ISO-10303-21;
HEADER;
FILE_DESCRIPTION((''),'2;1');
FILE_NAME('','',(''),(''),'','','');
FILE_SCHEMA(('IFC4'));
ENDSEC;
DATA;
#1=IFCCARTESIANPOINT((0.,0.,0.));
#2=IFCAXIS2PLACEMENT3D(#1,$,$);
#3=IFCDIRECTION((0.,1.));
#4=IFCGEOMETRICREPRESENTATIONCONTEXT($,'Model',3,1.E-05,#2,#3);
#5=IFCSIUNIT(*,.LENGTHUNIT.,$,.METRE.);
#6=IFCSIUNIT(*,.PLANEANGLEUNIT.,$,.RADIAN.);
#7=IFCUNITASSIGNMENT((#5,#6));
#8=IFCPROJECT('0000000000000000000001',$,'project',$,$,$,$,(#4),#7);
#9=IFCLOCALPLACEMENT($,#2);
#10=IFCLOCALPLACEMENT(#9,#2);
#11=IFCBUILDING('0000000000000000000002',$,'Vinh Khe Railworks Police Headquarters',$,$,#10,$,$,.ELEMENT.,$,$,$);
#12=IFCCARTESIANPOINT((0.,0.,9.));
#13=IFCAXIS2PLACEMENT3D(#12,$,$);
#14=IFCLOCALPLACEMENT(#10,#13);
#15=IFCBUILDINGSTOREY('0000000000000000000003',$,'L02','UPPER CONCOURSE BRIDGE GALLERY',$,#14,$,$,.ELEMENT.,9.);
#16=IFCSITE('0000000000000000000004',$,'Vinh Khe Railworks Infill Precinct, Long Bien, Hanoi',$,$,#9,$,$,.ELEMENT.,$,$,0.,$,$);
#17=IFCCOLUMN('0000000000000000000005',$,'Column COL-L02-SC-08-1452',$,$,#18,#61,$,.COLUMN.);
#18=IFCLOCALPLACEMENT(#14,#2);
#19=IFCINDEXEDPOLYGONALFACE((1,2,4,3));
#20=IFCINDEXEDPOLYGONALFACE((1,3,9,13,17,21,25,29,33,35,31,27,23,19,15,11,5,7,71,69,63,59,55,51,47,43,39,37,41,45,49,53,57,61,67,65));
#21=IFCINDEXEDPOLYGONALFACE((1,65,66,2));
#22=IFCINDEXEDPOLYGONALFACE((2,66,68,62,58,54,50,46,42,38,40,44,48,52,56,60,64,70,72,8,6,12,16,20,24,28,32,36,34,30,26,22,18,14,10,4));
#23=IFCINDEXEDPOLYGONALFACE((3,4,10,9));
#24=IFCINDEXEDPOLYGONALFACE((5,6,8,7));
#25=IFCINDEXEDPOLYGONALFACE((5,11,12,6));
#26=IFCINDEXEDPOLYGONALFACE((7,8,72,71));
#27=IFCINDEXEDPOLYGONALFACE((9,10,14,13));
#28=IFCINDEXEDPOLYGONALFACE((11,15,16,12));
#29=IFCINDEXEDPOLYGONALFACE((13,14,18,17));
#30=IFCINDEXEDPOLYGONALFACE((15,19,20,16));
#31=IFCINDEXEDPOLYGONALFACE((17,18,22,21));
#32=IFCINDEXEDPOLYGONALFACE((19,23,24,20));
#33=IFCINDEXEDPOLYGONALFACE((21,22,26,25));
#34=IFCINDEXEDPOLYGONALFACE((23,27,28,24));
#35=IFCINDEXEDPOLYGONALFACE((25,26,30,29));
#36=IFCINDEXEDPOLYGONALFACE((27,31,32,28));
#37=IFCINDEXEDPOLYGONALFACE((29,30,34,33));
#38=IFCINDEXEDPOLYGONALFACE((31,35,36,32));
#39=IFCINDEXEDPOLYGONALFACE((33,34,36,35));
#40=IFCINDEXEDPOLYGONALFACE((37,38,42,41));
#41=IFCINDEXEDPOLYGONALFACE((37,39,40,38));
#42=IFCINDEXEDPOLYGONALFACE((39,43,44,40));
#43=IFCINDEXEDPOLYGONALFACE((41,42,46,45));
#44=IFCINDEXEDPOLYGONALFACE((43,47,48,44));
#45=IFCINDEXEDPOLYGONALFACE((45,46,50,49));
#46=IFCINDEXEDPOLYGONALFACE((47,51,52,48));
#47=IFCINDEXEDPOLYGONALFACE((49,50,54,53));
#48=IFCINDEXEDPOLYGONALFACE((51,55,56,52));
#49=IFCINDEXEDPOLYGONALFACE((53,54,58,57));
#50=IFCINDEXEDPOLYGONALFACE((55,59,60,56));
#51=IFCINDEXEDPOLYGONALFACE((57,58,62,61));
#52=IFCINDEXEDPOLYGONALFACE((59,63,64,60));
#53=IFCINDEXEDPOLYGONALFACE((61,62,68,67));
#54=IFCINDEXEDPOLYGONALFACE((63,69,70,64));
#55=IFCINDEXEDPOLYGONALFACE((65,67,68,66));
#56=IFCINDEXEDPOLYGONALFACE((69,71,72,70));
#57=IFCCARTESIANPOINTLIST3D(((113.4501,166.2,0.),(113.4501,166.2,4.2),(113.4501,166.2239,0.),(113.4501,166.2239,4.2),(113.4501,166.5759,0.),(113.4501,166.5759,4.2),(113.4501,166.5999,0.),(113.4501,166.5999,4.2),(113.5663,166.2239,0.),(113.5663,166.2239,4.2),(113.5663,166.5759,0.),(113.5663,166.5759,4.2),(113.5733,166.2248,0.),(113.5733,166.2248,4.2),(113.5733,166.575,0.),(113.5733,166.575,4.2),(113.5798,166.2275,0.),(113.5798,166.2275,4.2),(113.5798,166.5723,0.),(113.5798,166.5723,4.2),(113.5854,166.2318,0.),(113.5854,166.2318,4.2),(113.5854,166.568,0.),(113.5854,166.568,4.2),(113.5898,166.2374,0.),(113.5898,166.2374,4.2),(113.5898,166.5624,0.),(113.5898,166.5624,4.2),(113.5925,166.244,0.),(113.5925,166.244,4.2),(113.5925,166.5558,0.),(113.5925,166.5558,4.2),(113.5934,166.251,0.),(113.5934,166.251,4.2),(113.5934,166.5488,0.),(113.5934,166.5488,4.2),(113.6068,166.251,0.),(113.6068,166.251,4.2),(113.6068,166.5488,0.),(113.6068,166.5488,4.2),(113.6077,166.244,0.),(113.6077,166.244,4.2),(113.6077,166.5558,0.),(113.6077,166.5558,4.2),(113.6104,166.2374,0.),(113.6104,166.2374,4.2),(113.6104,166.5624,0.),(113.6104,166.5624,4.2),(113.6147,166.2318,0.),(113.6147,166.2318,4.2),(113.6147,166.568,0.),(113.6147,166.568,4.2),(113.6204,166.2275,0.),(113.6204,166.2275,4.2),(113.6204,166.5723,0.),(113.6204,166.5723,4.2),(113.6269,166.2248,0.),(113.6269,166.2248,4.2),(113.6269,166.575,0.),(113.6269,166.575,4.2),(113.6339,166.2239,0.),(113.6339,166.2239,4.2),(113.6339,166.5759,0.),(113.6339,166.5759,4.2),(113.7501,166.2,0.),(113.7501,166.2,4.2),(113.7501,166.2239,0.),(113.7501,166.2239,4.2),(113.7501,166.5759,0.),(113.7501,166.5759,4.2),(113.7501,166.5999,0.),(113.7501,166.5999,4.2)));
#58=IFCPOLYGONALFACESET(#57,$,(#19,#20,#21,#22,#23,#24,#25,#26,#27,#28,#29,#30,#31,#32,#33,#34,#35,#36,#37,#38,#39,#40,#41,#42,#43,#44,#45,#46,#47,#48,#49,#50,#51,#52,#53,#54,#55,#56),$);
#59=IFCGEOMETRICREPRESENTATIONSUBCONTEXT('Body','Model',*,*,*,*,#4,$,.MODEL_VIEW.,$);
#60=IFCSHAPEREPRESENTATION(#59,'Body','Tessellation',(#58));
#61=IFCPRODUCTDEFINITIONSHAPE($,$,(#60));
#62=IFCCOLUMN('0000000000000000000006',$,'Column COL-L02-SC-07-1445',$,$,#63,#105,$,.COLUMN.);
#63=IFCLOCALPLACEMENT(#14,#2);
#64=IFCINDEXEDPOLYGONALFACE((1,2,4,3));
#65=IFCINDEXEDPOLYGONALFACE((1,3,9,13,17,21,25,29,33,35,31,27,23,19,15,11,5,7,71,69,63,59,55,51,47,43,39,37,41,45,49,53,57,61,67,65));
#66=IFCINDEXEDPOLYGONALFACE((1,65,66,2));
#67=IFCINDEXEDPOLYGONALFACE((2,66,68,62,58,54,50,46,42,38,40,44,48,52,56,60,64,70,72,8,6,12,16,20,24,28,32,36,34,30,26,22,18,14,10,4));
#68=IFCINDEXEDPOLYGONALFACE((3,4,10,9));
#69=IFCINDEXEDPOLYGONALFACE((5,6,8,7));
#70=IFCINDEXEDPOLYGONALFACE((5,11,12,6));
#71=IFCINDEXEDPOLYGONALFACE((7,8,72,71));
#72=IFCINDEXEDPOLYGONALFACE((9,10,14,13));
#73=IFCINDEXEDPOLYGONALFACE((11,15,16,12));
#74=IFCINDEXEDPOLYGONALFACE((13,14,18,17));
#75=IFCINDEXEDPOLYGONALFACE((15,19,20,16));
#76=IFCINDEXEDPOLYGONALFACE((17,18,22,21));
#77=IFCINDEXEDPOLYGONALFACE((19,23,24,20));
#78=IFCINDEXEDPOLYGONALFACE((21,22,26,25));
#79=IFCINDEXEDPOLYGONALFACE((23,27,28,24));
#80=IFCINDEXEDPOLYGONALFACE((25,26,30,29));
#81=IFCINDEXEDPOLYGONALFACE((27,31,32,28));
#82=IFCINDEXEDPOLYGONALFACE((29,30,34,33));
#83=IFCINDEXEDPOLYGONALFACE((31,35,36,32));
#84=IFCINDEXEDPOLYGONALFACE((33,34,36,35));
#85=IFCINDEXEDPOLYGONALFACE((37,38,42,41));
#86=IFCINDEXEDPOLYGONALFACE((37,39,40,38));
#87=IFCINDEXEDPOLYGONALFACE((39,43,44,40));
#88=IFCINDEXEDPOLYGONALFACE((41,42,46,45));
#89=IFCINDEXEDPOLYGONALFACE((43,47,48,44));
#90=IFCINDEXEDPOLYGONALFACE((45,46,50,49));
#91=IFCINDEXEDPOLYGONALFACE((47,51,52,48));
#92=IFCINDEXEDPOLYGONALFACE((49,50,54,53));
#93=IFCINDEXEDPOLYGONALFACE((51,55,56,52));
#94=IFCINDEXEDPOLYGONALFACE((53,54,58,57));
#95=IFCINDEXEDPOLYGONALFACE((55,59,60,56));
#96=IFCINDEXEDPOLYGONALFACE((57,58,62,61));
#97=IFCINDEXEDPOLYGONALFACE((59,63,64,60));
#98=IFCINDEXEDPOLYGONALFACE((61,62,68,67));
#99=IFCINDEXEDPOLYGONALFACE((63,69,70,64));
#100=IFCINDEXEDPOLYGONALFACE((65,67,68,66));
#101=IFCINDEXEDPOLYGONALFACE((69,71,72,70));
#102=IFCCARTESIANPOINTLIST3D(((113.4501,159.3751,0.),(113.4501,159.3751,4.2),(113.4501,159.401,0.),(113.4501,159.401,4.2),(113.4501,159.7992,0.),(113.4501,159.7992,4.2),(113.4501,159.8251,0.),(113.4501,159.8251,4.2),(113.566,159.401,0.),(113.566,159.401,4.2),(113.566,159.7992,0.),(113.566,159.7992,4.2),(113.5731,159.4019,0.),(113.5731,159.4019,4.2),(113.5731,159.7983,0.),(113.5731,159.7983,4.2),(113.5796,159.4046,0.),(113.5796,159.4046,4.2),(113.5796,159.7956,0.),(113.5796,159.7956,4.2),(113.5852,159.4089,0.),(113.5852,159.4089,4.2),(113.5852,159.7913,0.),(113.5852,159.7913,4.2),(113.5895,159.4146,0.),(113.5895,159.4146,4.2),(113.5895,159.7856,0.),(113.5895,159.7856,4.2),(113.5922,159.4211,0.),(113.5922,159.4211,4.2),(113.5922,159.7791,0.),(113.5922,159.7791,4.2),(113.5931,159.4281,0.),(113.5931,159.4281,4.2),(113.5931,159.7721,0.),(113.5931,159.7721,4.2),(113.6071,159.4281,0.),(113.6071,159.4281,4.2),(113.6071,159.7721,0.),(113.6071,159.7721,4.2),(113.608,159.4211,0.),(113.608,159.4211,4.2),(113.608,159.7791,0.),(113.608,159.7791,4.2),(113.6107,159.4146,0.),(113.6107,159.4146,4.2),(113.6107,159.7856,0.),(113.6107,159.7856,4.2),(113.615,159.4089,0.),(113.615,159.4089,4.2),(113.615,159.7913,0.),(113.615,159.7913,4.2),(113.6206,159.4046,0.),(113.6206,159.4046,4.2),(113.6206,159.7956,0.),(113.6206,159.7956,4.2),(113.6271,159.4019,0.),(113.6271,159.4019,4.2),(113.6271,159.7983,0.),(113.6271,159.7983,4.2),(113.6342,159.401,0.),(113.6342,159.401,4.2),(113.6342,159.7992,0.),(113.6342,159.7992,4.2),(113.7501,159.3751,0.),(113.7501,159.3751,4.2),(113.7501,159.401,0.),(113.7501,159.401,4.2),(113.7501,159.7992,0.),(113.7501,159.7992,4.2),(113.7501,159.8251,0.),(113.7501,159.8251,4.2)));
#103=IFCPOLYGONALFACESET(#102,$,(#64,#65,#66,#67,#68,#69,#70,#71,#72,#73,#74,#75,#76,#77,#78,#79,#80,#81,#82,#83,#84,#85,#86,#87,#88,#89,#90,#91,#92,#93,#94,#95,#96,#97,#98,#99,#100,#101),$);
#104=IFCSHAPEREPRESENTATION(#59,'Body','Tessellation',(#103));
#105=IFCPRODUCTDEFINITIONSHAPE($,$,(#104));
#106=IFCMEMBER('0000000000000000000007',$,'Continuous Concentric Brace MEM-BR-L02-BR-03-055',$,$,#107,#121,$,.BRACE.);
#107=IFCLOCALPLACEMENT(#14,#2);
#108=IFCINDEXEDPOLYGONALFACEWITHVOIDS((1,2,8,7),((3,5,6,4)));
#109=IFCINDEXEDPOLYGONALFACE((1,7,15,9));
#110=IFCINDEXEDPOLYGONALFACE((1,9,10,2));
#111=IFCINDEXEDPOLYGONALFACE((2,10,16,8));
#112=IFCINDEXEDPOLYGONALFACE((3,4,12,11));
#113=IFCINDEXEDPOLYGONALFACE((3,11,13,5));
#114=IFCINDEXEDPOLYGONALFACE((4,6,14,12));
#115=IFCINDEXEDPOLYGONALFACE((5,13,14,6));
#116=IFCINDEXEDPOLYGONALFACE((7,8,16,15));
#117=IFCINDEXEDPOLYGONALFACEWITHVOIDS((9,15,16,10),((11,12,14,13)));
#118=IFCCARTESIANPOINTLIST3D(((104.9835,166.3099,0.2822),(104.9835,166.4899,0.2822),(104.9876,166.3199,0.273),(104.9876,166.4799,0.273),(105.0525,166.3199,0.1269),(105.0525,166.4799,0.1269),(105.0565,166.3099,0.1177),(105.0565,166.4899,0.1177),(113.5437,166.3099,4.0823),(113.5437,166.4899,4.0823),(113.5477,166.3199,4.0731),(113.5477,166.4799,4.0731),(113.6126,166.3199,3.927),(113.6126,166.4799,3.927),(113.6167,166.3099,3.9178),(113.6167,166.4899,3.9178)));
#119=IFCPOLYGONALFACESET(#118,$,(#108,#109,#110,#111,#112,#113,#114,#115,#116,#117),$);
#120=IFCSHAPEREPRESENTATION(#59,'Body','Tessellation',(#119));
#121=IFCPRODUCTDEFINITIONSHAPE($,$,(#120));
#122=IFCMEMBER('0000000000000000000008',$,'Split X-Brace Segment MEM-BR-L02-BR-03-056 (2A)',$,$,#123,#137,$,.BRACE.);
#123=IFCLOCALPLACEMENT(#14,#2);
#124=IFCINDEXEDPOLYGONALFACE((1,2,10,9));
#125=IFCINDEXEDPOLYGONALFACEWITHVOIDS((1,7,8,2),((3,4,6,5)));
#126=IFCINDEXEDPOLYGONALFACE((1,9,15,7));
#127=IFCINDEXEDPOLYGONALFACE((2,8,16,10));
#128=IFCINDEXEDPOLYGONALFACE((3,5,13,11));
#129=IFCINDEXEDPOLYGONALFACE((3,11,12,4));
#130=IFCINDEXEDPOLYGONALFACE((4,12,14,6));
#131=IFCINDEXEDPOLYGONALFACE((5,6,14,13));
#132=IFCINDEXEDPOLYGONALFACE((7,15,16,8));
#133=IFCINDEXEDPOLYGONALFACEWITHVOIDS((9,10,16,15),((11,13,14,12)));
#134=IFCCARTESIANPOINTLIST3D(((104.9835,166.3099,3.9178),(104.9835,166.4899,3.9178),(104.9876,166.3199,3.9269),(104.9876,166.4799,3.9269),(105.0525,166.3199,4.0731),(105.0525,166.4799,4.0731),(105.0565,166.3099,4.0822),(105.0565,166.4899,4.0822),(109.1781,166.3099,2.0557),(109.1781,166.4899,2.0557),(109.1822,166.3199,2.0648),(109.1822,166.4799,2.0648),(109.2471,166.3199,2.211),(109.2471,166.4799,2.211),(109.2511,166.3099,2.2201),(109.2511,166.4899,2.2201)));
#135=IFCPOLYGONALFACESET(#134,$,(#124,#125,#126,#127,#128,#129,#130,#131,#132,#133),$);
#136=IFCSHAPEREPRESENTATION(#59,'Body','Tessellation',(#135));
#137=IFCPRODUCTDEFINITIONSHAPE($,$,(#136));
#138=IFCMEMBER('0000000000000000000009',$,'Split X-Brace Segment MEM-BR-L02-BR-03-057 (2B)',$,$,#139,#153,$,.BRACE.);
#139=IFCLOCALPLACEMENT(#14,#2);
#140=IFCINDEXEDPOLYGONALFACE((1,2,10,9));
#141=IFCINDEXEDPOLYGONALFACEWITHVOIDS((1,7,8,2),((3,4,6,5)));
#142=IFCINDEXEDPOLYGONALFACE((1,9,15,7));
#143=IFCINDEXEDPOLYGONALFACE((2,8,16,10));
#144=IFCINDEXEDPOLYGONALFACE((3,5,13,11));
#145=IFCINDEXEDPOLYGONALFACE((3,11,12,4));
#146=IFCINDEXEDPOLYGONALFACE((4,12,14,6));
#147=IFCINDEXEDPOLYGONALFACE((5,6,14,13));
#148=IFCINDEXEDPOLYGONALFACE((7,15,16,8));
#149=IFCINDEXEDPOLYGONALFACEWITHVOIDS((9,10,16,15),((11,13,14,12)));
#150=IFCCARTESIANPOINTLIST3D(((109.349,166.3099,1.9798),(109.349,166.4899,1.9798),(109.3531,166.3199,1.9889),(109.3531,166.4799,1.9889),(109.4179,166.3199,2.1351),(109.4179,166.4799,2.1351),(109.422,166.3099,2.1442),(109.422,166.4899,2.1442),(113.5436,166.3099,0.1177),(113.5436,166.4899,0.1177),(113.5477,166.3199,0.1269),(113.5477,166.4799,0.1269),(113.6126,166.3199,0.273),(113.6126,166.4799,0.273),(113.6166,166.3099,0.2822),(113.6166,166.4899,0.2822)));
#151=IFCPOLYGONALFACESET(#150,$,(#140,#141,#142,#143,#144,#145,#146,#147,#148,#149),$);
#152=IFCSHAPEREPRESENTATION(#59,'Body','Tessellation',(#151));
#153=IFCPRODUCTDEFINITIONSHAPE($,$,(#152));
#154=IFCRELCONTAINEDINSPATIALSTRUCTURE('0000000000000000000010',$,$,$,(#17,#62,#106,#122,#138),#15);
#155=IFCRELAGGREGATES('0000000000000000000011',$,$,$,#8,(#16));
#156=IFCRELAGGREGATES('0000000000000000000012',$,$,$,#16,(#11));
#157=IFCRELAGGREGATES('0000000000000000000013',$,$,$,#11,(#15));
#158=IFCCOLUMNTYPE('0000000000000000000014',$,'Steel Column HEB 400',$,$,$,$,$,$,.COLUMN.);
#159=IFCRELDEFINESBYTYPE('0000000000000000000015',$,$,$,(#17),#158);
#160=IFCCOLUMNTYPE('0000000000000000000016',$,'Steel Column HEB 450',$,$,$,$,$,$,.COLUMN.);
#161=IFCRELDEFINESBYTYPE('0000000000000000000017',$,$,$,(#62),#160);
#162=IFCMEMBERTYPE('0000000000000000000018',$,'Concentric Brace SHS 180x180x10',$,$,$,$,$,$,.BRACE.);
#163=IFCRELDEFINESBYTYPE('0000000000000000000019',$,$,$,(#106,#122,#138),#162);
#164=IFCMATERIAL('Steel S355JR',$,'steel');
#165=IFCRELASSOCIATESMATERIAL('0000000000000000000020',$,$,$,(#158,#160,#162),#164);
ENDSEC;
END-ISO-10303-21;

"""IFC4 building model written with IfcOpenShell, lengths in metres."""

from ifc_helpers import new_model, si_unit, direction, frame, origin, origin_2d, place, context, subcontext, project, spatial, hollow_rectangle, i_section, extrude, material, material_profile, profile_set, type_object, element, save


model = new_model("IFC4")

# Units and contexts
model_context = context("Model", 3, precision=1e-05, world=origin(), true_north=direction((0.0, 1.0)))
body_context = subcontext(model_context, "Body", "Model", "MODEL_VIEW")
ifc_project = project(units=[si_unit("LENGTHUNIT", "METRE"), si_unit("PLANEANGLEUNIT", "RADIAN")], contexts=[model_context])

# Site, building, storey
site_placement = place(None, origin())
site = spatial("IfcSite", under=ifc_project, at=site_placement, Name="Vinh Khe Railworks Infill Precinct, Long Bien, Hanoi", CompositionType="ELEMENT", RefElevation=0.0)
building_placement = place(site_placement, origin())
building = spatial("IfcBuilding", under=site, at=building_placement, Name="Vinh Khe Railworks Police Headquarters", CompositionType="ELEMENT")
storey_placement = place(building_placement, frame((0.0, 0.0, 9.0)))
storey = spatial("IfcBuildingStorey", under=building, at=storey_placement, Name="L02", Description="UPPER CONCOURSE BRIDGE GALLERY", CompositionType="ELEMENT", Elevation=9.0)

# Columns
ifc_material_1 = material(Name="Steel S355JR", Category="steel")
ifc_material_profile_1 = material_profile(ifc_material_1, i_section(OverallWidth=0.3, OverallDepth=0.3999, WebThickness=0.0134, FlangeThickness=0.0239, FilletRadius=0.0271, at=origin_2d()), Name="HEB 400")
ifc_profile_set_1 = profile_set([ifc_material_profile_1], Name="Steel S355JR")
column_type_1 = type_object("IfcColumnType", Name="Steel Column HEB 400", PredefinedType="COLUMN", material=ifc_profile_set_1)
column_1_placement = place(storey_placement, frame((113.6001, 166.3999, 0.0), z_axis=(0.0, 0.0, 1.0), x_axis=(1.0, 0.0, 0.0)))
element("IfcColumn", 1, at=column_1_placement, inside=storey, type_object=column_type_1, Name="Column COL-L02-SC-08-1452", PredefinedType="COLUMN", context=body_context, shape_type="SweptSolid", body=[
    extrude(i_section(OverallWidth=0.3, OverallDepth=0.3999, WebThickness=0.0134, FlangeThickness=0.0239, FilletRadius=0.0271, at=origin_2d()), origin(), (0.0, 0.0, 1.0), 4.2),
])
ifc_material_profile_2 = material_profile(ifc_material_1, i_section(OverallWidth=0.3, OverallDepth=0.45, WebThickness=0.0139, FlangeThickness=0.0259, FilletRadius=0.0271, at=origin_2d()), Name="HEB 450")
ifc_profile_set_2 = profile_set([ifc_material_profile_2], Name="Steel S355JR")
column_type_2 = type_object("IfcColumnType", Name="Steel Column HEB 450", PredefinedType="COLUMN", material=ifc_profile_set_2)
column_2_placement = place(storey_placement, frame((113.6001, 159.6001, 0.0), z_axis=(0.0, 0.0, 1.0), x_axis=(1.0, 0.0, 0.0)))
element("IfcColumn", 2, at=column_2_placement, inside=storey, type_object=column_type_2, Name="Column COL-L02-SC-07-1445", PredefinedType="COLUMN", context=body_context, shape_type="SweptSolid", body=[
    extrude(i_section(OverallWidth=0.3, OverallDepth=0.45, WebThickness=0.0139, FlangeThickness=0.0259, FilletRadius=0.0271, at=origin_2d()), origin(), (0.0, 0.0, 1.0), 4.2),
])

# Members
ifc_material_profile_3 = material_profile(ifc_material_1, hollow_rectangle(XDim=0.1799, YDim=0.1799, WallThickness=0.01, at=origin_2d()), Name="SHS 180x180x10")
ifc_profile_set_3 = profile_set([ifc_material_profile_3], Name="Steel S355JR")
member_type = type_object("IfcMemberType", Name="Concentric Brace SHS 180x180x10", PredefinedType="BRACE", material=ifc_profile_set_3)
member_placement = place(storey_placement, frame((105.02, 166.3999, 0.2), z_axis=(0.913987, 0.0, 0.405744), x_axis=(0.0, 1.0, 0.0)))
element("IfcMember", 3, at=member_placement, inside=storey, type_object=member_type, Name="Continuous Concentric Brace MEM-BR-L02-BR-03-055", PredefinedType="BRACE", context=body_context, shape_type="SweptSolid", body=[
    extrude(hollow_rectangle(XDim=0.1799, YDim=0.1799, WallThickness=0.01, at=origin_2d()), origin(), (0.0, 0.0, 1.0), 9.3657),
])
for number, where, z_axis, x_axis, name in (
    (4, (105.02, 166.3999, 4.0), (0.913989, 0.0, -0.405739), (0.0, 1.0, 0.0), "Split X-Brace Segment MEM-BR-L02-BR-03-056 (2A)"),
    (5, (109.3855, 166.3999, 2.062), (0.913989, 0.0, -0.405739), (0.0, 1.0, 0.0), "Split X-Brace Segment MEM-BR-L02-BR-03-057 (2B)"),
):
    element("IfcMember", number, at=place(storey_placement, frame(where, z_axis=z_axis, x_axis=x_axis)), inside=storey, type_object=member_type, Name=name, PredefinedType="BRACE", context=body_context, shape_type="SweptSolid", body=[
        extrude(hollow_rectangle(XDim=0.1799, YDim=0.1799, WallThickness=0.01, at=origin_2d()), origin(), (0.0, 0.0, 1.0), 4.5894),
    ])

save(model, "model.ifc")
